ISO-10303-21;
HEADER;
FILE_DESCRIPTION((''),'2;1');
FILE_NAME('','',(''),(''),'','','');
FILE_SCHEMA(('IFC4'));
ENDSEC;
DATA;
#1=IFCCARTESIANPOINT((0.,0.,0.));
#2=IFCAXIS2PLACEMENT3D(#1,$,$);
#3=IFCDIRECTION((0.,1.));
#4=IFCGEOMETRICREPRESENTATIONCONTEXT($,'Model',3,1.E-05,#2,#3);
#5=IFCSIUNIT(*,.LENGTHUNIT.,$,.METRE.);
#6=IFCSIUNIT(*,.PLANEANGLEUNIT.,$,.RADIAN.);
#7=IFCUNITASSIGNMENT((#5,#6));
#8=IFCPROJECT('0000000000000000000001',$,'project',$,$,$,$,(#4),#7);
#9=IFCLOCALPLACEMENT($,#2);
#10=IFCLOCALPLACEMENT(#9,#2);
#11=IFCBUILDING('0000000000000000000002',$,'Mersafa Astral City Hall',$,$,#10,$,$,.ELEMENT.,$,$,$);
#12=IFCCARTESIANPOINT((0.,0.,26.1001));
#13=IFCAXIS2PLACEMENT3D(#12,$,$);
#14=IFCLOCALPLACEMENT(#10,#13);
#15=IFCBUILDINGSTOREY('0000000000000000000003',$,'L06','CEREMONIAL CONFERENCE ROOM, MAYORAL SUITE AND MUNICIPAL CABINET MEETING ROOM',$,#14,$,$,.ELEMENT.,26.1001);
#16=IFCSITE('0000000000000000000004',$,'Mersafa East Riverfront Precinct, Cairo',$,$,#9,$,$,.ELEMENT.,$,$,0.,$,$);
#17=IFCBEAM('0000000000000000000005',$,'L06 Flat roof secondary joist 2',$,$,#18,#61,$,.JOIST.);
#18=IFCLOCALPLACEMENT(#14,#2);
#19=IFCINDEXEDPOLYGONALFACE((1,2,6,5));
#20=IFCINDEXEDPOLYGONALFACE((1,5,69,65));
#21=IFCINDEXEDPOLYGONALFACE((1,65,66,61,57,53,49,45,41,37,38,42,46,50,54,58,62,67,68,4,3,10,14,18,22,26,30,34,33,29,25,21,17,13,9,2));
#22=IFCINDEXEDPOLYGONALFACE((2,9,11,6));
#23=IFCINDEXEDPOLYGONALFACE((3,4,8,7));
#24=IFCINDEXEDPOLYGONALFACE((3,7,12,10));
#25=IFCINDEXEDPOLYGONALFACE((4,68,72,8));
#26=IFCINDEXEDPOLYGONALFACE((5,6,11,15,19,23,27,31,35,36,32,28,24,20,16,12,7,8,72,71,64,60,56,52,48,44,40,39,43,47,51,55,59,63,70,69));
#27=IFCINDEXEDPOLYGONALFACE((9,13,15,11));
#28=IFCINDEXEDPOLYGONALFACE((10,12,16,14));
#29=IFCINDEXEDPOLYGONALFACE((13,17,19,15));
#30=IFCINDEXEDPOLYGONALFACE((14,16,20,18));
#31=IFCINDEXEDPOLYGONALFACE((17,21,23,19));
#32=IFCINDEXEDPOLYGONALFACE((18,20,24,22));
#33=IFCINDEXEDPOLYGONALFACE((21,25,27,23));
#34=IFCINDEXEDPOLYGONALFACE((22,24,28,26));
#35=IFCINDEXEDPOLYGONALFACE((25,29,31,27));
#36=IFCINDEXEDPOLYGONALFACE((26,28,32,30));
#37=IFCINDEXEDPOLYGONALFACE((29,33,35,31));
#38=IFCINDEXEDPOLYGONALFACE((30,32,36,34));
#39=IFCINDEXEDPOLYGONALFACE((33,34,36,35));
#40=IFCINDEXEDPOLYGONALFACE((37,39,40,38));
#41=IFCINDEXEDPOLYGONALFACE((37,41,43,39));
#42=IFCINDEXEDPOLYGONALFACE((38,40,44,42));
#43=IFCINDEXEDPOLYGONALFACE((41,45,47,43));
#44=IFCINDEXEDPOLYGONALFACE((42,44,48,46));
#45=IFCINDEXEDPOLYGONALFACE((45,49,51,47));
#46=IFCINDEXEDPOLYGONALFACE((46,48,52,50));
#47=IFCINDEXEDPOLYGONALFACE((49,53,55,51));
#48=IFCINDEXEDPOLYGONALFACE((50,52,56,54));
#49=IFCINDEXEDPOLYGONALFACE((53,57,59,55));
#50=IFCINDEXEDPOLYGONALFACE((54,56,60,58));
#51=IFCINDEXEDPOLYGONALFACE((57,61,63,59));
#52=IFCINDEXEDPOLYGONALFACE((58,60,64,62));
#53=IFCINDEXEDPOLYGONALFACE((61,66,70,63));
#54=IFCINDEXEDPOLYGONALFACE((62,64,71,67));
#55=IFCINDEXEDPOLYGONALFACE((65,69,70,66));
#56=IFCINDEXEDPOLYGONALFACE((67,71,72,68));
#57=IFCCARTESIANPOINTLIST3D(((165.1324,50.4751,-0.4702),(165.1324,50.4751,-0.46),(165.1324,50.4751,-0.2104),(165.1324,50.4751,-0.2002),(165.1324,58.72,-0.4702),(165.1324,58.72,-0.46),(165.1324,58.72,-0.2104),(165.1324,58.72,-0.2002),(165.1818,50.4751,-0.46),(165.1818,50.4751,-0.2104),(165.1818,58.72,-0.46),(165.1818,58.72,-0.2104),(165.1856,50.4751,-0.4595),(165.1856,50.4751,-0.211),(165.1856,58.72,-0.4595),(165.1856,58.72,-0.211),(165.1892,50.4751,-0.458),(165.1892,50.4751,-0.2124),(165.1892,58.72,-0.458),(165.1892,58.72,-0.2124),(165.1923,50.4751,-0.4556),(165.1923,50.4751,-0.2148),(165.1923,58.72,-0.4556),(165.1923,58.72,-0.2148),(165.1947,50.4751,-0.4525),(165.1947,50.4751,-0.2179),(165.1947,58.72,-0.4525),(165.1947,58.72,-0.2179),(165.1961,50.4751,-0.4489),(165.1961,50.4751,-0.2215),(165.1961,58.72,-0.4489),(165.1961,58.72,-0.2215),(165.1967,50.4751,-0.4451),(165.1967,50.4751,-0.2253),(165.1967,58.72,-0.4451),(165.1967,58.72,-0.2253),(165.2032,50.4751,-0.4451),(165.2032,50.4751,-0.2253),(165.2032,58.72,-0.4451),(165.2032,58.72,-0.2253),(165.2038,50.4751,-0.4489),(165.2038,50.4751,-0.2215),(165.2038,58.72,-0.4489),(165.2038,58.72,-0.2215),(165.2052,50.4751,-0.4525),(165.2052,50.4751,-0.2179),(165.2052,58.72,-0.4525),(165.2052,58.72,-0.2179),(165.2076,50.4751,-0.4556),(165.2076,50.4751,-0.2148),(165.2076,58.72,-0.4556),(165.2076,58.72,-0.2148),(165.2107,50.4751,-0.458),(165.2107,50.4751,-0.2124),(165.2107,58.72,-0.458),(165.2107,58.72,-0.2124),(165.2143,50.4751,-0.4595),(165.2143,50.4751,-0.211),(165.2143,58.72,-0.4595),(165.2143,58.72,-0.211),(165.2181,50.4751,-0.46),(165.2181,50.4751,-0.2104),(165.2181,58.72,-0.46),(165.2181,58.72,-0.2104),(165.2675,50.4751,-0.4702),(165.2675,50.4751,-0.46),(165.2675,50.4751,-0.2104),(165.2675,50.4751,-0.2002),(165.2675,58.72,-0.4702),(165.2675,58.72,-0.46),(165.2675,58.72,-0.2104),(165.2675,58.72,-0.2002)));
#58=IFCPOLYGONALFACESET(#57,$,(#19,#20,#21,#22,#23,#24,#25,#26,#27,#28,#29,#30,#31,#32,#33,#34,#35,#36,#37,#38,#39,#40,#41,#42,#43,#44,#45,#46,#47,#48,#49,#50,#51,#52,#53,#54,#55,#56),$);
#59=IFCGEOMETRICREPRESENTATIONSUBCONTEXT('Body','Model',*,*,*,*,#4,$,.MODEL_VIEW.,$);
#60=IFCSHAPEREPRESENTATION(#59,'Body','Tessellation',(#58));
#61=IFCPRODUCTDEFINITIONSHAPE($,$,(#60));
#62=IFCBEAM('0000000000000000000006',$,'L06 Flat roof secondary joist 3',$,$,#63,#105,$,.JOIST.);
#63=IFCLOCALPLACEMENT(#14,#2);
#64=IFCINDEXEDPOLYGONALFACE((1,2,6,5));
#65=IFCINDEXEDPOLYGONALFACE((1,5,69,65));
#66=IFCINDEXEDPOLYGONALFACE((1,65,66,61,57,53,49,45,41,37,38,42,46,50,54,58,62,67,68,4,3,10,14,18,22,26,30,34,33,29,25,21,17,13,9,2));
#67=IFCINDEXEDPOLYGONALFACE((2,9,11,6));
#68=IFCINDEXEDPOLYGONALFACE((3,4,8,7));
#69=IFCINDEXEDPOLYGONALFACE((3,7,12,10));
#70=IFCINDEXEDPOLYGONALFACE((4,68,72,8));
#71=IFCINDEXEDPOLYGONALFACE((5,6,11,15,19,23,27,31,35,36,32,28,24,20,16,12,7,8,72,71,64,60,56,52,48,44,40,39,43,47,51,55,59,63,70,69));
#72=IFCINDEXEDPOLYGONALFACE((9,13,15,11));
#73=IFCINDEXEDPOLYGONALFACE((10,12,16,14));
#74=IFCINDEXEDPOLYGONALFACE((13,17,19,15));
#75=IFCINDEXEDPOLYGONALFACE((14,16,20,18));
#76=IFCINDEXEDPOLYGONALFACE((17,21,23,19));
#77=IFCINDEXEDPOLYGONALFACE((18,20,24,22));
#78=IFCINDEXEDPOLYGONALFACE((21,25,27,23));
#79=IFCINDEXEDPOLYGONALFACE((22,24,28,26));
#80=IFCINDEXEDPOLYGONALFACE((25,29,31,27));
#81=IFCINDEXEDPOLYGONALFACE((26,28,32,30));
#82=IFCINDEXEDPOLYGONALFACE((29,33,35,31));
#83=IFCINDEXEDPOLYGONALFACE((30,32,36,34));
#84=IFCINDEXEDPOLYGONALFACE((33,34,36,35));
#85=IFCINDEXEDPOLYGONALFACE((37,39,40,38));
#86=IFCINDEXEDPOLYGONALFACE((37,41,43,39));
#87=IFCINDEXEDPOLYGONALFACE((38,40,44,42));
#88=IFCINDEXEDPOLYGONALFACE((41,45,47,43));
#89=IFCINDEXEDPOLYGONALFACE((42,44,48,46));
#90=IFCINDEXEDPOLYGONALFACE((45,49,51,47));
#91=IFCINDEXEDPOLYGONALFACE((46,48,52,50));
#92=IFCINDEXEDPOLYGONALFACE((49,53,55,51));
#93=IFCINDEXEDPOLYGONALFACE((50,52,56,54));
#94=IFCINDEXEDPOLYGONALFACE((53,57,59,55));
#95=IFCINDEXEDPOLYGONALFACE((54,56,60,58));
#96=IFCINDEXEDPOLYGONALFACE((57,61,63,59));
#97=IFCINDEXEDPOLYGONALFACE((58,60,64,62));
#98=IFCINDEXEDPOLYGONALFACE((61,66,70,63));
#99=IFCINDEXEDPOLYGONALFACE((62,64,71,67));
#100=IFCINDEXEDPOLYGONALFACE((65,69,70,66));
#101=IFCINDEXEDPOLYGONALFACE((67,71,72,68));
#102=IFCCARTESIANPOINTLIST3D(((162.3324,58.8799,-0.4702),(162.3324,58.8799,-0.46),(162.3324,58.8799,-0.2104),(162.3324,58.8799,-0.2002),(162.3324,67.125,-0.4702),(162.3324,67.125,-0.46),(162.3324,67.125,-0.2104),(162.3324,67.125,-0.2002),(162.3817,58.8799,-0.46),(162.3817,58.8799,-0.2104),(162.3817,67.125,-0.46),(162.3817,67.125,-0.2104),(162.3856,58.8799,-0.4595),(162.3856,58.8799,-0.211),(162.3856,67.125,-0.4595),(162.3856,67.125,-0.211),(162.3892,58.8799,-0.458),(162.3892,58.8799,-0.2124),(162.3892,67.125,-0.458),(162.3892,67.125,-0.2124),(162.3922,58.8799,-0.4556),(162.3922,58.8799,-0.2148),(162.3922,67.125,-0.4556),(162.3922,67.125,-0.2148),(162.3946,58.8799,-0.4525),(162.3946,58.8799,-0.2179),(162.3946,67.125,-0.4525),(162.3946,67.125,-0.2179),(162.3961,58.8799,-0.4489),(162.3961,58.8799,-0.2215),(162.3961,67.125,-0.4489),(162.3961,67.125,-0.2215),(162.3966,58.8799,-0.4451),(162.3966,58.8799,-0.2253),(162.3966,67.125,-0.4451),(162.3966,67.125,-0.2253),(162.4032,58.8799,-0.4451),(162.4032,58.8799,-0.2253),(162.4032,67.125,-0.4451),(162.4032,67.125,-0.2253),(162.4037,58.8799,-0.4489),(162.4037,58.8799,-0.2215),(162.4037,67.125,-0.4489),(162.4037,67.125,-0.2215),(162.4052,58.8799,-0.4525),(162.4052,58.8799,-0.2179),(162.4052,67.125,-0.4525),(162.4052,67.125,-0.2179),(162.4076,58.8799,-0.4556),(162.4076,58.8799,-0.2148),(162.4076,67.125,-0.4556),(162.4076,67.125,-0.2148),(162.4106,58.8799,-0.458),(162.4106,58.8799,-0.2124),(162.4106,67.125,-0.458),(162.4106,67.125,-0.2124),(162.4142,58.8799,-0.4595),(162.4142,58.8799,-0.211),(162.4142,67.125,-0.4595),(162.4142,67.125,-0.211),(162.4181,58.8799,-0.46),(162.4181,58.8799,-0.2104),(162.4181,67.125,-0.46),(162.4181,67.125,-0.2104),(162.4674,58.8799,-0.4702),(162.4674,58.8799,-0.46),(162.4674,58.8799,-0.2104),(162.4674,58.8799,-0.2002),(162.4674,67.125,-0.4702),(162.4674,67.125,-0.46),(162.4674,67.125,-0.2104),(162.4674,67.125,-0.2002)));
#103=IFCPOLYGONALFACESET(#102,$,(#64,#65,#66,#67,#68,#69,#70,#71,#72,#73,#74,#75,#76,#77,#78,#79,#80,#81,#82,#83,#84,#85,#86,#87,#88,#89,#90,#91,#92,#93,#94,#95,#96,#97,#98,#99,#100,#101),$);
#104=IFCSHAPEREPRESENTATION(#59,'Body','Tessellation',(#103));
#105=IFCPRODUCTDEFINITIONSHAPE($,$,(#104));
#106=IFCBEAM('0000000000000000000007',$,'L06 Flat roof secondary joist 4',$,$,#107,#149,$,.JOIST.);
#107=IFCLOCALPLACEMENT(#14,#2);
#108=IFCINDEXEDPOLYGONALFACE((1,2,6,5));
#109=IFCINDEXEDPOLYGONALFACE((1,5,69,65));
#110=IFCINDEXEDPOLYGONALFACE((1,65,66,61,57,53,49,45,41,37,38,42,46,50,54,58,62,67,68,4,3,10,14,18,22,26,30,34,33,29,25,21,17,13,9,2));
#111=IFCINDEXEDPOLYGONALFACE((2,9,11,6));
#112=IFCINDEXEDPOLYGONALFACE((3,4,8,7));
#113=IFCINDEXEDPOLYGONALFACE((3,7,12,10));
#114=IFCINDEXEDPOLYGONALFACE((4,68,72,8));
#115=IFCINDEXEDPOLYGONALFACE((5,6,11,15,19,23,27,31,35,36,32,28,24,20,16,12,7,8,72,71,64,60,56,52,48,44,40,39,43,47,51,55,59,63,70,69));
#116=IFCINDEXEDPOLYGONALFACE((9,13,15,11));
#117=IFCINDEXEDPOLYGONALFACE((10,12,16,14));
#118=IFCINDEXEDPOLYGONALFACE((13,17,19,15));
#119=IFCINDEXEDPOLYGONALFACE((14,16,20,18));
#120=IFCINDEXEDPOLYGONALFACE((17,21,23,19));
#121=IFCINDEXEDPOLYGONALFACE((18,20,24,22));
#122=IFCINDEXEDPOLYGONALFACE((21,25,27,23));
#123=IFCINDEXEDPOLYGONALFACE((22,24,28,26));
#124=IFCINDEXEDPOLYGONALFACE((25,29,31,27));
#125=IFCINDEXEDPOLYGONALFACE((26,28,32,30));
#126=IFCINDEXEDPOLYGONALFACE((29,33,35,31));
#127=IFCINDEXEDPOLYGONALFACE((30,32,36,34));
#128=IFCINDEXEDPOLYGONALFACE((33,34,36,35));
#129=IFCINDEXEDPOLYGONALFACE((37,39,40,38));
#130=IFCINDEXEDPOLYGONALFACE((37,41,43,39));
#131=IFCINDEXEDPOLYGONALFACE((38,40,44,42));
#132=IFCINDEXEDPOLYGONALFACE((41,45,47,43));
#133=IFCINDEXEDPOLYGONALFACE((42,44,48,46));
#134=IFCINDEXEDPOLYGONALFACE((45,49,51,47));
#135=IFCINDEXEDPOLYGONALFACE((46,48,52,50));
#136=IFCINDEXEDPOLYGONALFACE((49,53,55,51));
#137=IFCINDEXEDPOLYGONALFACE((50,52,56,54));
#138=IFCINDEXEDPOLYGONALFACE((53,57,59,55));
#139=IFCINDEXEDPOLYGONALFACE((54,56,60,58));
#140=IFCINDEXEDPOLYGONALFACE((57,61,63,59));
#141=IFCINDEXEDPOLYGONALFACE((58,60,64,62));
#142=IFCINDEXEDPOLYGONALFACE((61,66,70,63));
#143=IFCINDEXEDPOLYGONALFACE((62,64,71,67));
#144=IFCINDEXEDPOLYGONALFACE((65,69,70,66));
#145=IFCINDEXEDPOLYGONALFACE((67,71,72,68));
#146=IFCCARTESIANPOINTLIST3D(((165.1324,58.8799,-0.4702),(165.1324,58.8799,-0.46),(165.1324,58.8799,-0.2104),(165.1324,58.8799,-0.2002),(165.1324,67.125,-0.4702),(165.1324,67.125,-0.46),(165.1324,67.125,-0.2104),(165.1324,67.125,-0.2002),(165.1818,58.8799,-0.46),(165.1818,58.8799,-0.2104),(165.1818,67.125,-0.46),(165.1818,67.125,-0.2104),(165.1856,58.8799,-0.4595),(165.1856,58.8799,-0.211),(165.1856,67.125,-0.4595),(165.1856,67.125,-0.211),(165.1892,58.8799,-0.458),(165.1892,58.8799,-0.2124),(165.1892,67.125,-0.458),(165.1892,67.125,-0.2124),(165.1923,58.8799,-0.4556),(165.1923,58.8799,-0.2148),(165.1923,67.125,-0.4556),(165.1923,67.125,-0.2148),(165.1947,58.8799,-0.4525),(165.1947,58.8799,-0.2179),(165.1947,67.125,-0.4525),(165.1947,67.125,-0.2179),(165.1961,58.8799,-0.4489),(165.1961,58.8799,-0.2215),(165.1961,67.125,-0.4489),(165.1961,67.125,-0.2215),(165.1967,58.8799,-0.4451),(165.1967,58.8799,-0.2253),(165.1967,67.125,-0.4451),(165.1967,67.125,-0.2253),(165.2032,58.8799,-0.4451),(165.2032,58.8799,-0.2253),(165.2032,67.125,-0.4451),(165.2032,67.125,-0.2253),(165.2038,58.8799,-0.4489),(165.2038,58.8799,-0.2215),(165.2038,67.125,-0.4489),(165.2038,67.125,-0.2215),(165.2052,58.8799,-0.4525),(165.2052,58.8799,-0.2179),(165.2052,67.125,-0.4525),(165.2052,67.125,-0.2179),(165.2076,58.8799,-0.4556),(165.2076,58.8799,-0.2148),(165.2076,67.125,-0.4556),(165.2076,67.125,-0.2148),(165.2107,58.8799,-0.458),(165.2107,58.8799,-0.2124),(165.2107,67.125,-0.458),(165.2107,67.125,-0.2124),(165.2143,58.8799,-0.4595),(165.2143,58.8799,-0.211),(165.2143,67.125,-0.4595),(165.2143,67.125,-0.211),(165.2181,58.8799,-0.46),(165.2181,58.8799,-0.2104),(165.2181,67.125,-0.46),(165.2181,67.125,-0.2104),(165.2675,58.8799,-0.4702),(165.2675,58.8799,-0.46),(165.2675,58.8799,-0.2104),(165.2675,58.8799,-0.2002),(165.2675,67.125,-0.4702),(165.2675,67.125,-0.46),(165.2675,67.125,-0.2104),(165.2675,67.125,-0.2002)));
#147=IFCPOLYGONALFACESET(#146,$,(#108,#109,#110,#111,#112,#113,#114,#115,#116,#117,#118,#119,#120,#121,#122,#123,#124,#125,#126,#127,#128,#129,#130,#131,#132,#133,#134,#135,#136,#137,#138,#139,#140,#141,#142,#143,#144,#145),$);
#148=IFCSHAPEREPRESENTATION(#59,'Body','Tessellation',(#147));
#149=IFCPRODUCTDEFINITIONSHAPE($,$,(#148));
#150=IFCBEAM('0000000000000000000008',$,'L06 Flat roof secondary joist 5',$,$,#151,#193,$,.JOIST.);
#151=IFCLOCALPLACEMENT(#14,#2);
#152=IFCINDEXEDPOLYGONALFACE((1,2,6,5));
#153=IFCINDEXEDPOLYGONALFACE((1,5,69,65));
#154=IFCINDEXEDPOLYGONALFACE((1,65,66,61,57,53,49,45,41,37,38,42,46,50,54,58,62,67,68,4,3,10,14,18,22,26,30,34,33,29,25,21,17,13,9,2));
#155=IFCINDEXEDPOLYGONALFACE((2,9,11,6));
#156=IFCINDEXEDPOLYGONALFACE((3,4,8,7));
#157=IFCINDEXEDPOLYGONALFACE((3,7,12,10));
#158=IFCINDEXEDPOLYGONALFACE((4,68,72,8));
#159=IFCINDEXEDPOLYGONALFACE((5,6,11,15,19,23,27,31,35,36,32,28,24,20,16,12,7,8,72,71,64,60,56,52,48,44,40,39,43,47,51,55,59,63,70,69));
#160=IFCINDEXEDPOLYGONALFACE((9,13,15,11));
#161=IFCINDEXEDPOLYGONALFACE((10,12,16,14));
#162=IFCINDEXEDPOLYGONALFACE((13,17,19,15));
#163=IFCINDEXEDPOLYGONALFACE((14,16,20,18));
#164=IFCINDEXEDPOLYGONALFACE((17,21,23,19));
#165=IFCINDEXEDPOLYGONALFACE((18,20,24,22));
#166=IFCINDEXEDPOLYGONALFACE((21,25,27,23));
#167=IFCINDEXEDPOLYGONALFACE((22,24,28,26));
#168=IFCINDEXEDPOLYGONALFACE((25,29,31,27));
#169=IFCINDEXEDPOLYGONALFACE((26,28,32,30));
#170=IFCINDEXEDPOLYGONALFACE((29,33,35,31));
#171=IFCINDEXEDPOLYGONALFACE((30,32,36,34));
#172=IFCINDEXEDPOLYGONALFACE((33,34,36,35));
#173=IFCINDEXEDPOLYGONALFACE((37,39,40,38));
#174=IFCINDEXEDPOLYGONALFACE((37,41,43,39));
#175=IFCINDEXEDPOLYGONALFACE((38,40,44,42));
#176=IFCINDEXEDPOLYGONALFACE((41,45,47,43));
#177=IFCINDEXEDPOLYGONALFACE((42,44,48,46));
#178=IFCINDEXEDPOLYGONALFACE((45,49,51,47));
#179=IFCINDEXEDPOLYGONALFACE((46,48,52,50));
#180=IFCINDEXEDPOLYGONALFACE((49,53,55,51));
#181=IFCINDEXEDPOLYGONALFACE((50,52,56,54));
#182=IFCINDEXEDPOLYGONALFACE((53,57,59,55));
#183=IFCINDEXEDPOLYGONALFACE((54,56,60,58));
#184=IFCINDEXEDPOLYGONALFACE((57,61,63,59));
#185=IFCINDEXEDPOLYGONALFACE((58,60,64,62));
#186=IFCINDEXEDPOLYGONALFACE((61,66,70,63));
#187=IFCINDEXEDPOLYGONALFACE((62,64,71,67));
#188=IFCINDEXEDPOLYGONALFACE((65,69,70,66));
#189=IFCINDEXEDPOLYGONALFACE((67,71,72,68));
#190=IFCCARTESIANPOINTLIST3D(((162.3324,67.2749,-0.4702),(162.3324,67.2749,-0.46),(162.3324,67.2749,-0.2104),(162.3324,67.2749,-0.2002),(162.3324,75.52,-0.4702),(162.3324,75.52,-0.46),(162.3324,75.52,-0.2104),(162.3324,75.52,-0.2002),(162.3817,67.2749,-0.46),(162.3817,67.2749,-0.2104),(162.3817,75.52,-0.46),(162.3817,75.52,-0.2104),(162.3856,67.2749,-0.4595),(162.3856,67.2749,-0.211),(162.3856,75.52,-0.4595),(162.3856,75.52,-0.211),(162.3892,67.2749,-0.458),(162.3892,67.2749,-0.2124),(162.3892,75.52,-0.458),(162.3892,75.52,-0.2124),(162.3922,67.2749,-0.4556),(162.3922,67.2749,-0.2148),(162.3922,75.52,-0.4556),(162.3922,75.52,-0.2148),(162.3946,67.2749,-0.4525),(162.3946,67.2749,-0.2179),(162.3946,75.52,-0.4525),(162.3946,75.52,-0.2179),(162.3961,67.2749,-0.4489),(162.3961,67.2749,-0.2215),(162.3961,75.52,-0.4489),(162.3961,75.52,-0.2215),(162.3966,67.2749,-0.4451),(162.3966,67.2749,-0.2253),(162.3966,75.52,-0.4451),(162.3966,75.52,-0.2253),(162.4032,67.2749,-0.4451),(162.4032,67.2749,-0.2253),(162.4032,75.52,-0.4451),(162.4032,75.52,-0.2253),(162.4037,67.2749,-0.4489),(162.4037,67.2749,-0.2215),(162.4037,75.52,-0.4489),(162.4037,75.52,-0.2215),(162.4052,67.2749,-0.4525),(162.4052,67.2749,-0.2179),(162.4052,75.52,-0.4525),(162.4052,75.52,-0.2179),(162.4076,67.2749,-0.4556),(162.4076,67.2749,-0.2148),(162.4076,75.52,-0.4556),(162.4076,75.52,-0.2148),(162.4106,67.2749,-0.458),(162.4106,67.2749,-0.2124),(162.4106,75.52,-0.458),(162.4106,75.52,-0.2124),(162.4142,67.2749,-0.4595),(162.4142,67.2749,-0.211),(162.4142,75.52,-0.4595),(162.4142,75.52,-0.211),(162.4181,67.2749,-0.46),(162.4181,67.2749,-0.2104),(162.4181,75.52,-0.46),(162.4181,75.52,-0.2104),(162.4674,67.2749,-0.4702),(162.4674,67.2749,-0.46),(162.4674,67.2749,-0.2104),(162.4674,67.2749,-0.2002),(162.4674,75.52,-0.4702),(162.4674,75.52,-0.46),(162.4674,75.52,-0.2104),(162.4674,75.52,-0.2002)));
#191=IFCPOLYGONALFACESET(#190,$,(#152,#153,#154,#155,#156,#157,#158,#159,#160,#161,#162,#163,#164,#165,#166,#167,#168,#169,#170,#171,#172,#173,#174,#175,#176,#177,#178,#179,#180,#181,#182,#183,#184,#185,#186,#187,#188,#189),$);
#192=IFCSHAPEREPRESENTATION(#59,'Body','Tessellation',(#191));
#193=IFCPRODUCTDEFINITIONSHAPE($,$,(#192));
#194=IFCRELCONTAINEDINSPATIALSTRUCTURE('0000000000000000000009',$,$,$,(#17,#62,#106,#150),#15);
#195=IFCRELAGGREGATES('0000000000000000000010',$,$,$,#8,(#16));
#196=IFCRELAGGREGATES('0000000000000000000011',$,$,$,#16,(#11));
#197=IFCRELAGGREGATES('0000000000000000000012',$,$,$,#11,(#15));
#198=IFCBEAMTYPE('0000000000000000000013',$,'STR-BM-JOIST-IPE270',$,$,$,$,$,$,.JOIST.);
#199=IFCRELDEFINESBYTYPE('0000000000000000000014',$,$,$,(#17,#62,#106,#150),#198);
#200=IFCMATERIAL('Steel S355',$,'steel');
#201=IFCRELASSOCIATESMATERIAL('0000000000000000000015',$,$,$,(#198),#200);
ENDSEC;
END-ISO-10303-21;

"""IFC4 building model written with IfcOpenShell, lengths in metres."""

from ifc_helpers import new_model, si_unit, direction, frame, origin, origin_2d, place, context, subcontext, project, spatial, i_section, extrude, material, material_profile, profile_set, type_object, element, save


model = new_model("IFC4")

# Units and contexts
model_context = context("Model", 3, precision=1e-05, world=origin(), true_north=direction((0.0, 1.0)))
body_context = subcontext(model_context, "Body", "Model", "MODEL_VIEW")
ifc_project = project(units=[si_unit("LENGTHUNIT", "METRE"), si_unit("PLANEANGLEUNIT", "RADIAN")], contexts=[model_context])

# Site, building, storey
site_placement = place(None, origin())
site = spatial("IfcSite", under=ifc_project, at=site_placement, Name="Mersafa East Riverfront Precinct, Cairo", CompositionType="ELEMENT", RefElevation=0.0)
building_placement = place(site_placement, origin())
building = spatial("IfcBuilding", under=site, at=building_placement, Name="Mersafa Astral City Hall", CompositionType="ELEMENT")
storey_placement = place(building_placement, frame((0.0, 0.0, 26.1001)))
storey = spatial("IfcBuildingStorey", under=building, at=storey_placement, Name="L06", Description="CEREMONIAL CONFERENCE ROOM, MAYORAL SUITE AND MUNICIPAL CABINET MEETING ROOM", CompositionType="ELEMENT", Elevation=26.1001)

# Beams
ifc_material_1 = material(Name="Steel S355", Category="steel")
ifc_material_profile_1 = material_profile(ifc_material_1, i_section(OverallWidth=0.135, OverallDepth=0.27, WebThickness=0.0066, FlangeThickness=0.0103, FilletRadius=0.0149, at=origin_2d()), Name="IPE 270")
ifc_profile_set_1 = profile_set([ifc_material_profile_1], Name="Steel S355")
beam_type_1 = type_object("IfcBeamType", Name="STR-BM-JOIST-IPE270", PredefinedType="JOIST", material=ifc_profile_set_1)
for number, where, z_axis, x_axis, name in (
    (1, (165.2, 50.4751, -0.3352), (0.0, 1.0, 0.0), (-1.0, 0.0, 0.0), "L06 Flat roof secondary joist 2"),
):
    element("IfcBeam", number, at=place(storey_placement, frame(where, z_axis=z_axis, x_axis=x_axis)), inside=storey, type_object=beam_type_1, Name=name, PredefinedType="JOIST", context=body_context, shape_type="SweptSolid", body=[
        extrude(i_section(OverallWidth=0.135, OverallDepth=0.27, WebThickness=0.0066, FlangeThickness=0.0103, FilletRadius=0.0149, at=origin_2d()), origin(), (0.0, 0.0, 1.0), 8.2449),
    ])
for number, where, z_axis, x_axis, name in (
    (2, (162.3999, 58.8799, -0.3352), (0.0, 1.0, 0.0), (-1.0, 0.0, 0.0), "L06 Flat roof secondary joist 3"),
    (3, (165.2, 58.8799, -0.3352), (0.0, 1.0, 0.0), (-1.0, 0.0, 0.0), "L06 Flat roof secondary joist 4"),
    (4, (162.3999, 67.2749, -0.3352), (0.0, 1.0, 0.0), (-1.0, 0.0, 0.0), "L06 Flat roof secondary joist 5"),
):
    element("IfcBeam", number, at=place(storey_placement, frame(where, z_axis=z_axis, x_axis=x_axis)), inside=storey, type_object=beam_type_1, Name=name, PredefinedType="JOIST", context=body_context, shape_type="SweptSolid", body=[
        extrude(i_section(OverallWidth=0.135, OverallDepth=0.27, WebThickness=0.0066, FlangeThickness=0.0103, FilletRadius=0.0149, at=origin_2d()), origin(), (0.0, 0.0, 1.0), 8.2451),
    ])

save(model, "model.ifc")
